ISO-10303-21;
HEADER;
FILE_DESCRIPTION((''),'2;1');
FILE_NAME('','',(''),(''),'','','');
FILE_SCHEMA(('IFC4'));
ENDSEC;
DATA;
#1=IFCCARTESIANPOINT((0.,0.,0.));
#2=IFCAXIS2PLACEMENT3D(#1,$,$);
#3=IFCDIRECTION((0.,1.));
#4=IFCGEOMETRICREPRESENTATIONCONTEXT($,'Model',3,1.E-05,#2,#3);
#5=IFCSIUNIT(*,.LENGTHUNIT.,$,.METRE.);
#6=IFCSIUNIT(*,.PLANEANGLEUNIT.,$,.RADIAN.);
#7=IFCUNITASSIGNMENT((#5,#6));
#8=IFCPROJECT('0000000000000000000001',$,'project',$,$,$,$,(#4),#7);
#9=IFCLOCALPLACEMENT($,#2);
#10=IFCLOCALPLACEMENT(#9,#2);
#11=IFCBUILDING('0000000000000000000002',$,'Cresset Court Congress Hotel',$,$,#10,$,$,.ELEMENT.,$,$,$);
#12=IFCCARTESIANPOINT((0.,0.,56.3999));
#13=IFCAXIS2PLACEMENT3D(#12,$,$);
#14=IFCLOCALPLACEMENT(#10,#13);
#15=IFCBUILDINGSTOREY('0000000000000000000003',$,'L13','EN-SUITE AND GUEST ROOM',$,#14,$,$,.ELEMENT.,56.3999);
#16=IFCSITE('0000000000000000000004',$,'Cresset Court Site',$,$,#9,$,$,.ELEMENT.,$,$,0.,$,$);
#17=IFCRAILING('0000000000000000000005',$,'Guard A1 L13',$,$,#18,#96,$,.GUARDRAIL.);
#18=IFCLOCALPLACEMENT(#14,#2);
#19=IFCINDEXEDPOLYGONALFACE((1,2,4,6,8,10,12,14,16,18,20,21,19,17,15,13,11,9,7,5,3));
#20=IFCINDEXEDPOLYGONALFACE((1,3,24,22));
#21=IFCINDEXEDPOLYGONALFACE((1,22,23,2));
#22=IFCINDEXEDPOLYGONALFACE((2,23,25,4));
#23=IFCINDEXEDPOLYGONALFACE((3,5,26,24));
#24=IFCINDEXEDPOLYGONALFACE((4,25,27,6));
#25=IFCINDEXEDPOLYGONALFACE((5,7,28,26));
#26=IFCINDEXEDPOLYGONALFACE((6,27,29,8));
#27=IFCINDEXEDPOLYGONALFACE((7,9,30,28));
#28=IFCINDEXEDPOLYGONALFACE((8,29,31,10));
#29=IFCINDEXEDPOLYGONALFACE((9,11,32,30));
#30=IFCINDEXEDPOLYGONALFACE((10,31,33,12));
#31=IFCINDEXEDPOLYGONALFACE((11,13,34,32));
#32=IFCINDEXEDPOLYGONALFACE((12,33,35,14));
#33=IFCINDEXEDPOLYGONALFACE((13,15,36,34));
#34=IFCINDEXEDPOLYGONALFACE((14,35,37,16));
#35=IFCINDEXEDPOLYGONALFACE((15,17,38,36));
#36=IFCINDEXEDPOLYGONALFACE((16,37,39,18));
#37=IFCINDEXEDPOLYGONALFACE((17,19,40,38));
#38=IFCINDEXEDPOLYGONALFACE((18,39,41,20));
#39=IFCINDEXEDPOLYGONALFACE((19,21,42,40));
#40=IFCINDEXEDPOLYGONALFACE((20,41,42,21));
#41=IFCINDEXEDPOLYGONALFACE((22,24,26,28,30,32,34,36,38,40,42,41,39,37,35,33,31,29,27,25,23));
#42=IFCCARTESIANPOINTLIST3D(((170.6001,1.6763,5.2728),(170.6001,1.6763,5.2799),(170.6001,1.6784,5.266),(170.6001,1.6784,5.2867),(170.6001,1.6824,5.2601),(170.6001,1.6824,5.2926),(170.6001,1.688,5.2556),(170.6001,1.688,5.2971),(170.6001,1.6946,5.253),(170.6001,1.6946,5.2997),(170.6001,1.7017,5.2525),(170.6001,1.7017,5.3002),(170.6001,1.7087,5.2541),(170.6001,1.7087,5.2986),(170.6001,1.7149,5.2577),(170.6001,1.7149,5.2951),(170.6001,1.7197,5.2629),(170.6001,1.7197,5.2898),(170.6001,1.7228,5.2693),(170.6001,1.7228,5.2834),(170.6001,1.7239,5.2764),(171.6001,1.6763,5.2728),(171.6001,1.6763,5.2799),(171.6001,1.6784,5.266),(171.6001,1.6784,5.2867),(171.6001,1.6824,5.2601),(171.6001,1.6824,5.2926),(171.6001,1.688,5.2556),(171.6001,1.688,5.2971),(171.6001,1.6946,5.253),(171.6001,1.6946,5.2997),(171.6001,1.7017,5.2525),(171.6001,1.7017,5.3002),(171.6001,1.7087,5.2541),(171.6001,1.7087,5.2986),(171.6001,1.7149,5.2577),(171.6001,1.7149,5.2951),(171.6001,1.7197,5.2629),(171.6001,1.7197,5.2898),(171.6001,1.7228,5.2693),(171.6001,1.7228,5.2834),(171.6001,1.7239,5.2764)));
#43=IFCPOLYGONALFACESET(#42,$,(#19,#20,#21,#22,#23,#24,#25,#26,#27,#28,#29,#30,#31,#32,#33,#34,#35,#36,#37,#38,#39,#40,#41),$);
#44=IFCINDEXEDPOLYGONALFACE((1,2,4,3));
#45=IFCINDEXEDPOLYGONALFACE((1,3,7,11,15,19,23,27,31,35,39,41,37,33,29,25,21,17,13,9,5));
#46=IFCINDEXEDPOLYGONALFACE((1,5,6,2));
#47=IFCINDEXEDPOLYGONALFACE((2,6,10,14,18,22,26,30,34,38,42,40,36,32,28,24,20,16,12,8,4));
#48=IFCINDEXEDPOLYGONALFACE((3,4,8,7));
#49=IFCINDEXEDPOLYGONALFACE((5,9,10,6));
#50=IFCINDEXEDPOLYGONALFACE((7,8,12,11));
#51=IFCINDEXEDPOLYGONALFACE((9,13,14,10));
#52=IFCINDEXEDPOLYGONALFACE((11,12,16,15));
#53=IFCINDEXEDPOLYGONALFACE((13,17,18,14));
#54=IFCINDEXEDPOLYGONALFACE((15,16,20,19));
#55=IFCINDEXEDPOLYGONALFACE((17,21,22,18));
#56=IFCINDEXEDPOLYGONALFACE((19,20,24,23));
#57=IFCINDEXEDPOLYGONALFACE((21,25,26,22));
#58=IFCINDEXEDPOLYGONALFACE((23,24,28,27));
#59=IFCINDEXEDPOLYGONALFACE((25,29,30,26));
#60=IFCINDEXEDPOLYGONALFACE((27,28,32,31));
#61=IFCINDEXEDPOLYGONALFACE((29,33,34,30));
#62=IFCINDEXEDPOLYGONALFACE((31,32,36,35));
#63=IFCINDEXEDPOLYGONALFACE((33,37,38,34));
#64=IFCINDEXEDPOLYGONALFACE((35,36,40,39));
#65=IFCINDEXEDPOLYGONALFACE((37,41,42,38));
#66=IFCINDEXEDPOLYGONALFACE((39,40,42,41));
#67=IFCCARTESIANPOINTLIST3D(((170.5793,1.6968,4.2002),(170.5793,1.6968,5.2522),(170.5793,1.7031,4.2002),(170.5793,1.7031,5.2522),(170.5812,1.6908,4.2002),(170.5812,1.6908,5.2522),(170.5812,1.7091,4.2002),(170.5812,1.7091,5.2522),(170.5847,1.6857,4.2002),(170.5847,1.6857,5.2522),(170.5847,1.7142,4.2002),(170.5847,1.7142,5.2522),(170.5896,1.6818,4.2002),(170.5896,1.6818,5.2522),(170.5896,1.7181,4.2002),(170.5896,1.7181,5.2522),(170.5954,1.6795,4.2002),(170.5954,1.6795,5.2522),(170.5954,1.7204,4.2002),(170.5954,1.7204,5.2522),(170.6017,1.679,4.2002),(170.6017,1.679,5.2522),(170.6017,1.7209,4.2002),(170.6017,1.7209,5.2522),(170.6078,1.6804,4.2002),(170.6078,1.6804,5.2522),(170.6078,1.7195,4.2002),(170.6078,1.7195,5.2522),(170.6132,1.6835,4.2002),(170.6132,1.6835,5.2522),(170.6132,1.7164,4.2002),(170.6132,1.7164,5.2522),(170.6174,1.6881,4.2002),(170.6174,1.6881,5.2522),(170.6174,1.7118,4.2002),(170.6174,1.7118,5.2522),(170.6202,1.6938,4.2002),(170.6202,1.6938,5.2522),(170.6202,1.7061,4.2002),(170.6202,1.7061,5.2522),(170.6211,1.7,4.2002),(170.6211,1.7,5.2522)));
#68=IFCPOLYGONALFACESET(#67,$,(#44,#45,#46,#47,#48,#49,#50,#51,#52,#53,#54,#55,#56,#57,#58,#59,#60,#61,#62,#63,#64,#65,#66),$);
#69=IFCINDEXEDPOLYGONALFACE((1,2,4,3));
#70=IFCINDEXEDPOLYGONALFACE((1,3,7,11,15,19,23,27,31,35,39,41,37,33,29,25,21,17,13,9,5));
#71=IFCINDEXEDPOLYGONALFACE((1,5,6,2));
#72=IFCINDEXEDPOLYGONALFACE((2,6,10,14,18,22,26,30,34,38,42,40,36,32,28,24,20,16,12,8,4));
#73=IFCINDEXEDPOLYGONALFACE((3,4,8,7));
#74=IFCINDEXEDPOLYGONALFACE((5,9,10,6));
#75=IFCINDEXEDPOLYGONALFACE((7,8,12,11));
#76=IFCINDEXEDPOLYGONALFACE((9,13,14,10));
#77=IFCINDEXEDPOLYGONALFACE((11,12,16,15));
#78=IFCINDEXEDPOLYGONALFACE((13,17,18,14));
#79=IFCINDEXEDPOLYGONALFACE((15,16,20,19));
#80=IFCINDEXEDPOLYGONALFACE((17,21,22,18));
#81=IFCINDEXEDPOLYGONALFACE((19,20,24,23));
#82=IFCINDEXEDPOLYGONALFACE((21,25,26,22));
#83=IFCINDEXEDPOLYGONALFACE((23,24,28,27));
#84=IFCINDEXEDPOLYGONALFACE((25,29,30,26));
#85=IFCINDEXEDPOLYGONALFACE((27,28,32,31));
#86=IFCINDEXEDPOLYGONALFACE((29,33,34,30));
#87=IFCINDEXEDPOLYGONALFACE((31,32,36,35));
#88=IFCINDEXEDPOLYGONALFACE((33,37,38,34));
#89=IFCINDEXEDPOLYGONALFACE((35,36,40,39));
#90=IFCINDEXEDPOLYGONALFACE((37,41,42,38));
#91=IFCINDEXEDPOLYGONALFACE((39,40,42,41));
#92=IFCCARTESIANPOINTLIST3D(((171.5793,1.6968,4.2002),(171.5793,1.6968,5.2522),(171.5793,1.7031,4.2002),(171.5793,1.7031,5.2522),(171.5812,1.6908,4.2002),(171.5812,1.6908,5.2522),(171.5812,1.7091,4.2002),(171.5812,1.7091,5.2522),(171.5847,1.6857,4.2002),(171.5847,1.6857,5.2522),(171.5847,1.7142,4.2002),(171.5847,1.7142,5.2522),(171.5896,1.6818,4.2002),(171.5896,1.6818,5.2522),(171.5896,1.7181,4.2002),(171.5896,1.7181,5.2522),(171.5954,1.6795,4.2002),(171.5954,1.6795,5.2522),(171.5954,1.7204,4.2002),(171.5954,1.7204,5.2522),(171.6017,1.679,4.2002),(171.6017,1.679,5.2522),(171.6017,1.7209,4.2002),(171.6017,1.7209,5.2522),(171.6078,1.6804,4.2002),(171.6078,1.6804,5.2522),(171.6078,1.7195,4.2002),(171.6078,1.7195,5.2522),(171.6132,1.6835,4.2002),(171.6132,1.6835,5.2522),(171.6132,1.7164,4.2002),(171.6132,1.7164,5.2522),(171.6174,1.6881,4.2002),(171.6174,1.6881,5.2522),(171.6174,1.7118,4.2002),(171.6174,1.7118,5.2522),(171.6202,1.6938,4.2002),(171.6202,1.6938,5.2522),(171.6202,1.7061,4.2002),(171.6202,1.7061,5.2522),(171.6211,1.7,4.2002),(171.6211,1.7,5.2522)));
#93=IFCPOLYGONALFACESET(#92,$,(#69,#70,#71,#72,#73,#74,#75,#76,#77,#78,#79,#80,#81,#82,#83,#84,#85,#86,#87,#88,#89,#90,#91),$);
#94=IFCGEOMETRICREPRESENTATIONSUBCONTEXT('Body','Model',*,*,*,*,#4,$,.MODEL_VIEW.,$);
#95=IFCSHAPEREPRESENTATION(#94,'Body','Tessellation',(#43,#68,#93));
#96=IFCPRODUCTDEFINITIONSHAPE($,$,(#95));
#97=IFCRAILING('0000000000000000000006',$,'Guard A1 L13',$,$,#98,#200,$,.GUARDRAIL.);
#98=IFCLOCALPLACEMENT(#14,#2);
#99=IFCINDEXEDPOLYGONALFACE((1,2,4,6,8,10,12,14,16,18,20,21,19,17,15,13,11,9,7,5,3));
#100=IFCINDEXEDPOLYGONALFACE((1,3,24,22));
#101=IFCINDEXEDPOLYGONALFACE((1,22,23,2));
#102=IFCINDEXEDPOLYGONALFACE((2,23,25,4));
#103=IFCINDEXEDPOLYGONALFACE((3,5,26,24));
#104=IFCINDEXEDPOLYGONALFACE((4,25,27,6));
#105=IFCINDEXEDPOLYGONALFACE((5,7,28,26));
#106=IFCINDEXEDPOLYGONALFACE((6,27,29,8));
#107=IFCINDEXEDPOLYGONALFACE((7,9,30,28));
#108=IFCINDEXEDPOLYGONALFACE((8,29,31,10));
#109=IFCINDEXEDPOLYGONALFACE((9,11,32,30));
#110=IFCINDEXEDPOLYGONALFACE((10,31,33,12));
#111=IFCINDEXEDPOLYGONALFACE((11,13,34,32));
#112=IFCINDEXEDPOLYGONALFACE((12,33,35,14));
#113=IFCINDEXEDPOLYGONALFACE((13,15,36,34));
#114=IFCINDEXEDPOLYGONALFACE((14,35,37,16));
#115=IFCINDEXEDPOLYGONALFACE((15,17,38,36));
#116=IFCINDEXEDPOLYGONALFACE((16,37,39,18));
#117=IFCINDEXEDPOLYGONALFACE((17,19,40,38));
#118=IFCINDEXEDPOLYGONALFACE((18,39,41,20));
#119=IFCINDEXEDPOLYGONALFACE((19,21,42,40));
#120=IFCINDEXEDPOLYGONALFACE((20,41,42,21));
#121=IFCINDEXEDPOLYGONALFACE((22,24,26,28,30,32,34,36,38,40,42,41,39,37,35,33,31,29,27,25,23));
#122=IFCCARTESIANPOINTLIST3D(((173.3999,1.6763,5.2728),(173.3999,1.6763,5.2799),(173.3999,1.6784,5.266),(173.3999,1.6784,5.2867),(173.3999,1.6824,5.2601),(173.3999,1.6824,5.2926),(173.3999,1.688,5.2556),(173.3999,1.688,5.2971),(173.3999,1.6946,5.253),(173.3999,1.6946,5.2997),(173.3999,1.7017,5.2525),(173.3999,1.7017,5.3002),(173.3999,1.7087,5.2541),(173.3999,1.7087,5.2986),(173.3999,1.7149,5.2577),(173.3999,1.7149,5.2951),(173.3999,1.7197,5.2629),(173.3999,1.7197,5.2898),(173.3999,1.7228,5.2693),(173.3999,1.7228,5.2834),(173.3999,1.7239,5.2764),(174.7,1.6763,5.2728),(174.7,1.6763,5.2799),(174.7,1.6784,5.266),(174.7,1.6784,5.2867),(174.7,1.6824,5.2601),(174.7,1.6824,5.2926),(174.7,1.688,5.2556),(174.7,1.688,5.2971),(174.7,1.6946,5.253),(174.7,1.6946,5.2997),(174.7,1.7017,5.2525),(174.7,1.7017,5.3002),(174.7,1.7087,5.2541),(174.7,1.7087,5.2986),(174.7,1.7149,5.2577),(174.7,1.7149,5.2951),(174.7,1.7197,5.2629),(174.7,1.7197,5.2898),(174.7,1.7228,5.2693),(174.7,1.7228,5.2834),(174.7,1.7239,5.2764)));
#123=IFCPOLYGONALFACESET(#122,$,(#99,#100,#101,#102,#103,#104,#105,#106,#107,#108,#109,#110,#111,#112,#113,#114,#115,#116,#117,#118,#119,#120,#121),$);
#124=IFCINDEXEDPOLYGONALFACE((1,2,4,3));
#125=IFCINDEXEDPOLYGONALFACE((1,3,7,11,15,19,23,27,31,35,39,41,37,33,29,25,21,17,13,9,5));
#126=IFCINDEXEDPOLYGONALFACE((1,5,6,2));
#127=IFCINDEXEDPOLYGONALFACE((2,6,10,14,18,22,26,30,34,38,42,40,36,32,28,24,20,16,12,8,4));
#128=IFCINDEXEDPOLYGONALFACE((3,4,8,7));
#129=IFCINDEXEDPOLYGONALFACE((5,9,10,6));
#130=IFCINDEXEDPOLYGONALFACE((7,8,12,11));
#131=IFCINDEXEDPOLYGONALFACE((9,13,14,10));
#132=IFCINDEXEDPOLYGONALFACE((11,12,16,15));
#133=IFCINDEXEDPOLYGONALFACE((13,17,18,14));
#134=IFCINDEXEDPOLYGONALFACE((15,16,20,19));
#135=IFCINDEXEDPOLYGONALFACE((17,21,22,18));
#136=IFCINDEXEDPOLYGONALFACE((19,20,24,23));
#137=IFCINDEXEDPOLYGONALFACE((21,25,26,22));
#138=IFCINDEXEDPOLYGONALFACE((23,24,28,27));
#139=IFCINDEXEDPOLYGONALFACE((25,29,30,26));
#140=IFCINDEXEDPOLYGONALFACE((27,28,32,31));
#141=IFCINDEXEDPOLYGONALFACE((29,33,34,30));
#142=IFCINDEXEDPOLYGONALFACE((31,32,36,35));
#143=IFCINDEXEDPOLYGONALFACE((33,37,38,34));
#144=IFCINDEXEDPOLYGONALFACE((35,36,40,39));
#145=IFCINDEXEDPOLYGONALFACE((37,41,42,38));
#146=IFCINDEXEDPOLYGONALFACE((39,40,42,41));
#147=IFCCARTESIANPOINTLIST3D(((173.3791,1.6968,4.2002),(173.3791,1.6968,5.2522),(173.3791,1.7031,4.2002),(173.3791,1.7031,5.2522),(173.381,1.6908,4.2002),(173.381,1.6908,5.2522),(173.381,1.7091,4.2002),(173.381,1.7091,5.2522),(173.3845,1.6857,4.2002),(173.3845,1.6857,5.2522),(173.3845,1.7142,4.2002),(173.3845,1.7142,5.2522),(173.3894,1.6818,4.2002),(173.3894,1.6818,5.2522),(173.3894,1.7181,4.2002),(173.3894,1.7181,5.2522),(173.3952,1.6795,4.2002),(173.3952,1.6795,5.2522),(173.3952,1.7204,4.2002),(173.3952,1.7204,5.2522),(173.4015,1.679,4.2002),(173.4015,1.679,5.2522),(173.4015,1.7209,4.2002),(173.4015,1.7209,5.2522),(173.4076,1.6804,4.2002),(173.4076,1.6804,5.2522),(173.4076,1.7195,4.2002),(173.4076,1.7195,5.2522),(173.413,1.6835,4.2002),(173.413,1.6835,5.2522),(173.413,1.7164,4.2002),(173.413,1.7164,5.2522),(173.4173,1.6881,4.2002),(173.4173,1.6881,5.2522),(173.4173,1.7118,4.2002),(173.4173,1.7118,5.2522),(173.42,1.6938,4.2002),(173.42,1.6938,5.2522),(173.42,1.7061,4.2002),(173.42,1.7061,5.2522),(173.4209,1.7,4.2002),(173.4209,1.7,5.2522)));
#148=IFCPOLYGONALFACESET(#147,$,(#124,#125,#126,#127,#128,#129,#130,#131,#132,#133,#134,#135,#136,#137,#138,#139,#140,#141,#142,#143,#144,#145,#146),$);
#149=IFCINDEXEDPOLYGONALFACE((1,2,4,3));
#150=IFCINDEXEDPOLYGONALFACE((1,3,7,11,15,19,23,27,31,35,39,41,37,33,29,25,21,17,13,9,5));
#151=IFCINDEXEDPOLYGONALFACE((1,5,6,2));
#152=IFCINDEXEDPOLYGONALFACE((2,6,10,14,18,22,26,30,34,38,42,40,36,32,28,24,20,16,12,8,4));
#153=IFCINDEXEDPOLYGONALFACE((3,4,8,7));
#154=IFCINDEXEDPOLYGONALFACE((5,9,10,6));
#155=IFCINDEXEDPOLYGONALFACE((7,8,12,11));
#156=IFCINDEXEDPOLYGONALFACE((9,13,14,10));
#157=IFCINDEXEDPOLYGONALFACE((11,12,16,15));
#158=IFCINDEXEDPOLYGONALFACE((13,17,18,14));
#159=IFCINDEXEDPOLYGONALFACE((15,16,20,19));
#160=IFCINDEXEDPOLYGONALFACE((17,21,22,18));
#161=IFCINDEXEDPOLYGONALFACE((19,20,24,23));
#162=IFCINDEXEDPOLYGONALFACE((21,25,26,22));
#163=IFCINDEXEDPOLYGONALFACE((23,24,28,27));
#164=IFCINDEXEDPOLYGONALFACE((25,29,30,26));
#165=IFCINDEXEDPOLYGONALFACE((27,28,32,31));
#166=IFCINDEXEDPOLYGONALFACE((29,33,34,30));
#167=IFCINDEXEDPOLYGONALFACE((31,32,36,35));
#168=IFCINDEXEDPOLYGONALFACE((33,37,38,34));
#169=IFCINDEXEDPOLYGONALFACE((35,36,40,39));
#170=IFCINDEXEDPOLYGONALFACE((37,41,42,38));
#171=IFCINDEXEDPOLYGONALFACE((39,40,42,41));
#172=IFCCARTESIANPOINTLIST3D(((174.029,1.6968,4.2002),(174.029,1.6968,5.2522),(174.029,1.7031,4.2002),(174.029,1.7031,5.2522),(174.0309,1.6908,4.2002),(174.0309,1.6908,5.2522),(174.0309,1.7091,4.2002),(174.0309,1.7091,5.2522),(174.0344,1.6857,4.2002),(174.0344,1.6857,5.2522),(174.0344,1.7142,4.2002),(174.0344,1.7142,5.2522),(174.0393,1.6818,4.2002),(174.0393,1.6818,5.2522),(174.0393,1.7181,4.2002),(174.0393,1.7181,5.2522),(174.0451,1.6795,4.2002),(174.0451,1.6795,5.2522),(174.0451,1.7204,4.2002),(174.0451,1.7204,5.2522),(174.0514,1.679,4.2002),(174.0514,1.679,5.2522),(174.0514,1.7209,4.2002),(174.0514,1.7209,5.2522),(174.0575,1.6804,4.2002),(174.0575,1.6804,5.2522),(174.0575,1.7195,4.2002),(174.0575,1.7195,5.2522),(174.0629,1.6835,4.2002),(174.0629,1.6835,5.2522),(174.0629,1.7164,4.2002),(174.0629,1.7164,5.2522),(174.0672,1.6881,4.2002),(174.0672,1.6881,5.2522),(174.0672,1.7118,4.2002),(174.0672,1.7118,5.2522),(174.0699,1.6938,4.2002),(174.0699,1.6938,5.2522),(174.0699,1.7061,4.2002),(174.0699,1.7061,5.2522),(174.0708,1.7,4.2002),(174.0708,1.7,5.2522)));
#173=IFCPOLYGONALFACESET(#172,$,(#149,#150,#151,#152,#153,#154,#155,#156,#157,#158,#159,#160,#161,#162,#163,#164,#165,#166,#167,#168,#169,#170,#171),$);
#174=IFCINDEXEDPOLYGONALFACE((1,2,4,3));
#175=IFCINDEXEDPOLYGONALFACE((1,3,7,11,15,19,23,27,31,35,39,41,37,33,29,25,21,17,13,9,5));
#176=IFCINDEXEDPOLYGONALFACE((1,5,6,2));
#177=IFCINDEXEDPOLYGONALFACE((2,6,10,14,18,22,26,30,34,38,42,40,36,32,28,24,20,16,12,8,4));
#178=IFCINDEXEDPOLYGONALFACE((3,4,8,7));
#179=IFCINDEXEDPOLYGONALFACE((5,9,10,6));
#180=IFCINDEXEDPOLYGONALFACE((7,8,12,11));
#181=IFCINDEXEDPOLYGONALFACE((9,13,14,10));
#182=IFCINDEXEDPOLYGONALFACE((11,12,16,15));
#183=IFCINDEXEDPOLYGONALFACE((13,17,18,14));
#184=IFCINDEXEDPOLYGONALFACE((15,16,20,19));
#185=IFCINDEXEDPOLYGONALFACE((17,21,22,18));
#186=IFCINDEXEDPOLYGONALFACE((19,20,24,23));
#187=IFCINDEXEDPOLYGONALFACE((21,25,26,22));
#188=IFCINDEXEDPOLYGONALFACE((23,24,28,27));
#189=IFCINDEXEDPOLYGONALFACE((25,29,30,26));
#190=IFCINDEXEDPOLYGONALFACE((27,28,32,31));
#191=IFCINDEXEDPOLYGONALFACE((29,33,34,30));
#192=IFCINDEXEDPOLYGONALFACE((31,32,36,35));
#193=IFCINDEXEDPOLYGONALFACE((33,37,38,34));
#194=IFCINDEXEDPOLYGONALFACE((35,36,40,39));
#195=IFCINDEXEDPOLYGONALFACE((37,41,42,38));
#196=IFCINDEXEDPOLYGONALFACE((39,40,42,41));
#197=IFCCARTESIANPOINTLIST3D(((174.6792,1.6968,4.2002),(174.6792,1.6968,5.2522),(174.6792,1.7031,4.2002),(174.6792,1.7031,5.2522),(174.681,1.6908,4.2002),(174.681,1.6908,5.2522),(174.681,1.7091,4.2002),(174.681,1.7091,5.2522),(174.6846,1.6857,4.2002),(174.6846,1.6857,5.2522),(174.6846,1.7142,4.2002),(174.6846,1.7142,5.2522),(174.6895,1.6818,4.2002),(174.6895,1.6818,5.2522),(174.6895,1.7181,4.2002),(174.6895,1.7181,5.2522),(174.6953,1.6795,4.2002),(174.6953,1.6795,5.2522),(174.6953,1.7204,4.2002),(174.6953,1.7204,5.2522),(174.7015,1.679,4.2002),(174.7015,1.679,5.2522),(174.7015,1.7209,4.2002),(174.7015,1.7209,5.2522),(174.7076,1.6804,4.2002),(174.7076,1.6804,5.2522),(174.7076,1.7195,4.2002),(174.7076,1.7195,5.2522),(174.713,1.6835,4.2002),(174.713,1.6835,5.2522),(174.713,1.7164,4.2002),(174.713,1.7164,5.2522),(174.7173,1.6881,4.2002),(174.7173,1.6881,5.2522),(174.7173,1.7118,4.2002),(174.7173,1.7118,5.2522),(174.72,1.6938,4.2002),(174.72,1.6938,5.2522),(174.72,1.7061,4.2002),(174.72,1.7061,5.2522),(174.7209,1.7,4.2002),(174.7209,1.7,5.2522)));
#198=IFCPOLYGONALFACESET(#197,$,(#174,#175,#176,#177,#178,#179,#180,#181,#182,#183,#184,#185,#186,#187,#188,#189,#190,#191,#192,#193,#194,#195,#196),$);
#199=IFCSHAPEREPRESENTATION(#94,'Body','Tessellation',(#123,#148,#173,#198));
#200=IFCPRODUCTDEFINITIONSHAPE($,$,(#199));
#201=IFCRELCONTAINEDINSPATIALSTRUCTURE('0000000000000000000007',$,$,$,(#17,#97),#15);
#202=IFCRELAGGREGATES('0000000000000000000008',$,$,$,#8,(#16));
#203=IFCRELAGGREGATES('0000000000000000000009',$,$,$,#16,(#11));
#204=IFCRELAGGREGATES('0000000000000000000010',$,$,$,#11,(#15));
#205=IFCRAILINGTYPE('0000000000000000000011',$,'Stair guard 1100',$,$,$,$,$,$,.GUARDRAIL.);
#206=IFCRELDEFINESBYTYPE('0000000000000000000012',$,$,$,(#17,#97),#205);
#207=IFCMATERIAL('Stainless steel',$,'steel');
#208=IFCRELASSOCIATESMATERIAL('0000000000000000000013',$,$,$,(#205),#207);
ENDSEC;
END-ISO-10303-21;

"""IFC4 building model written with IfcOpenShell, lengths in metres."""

from ifc_helpers import new_model, si_unit, direction, frame, origin, origin_2d, place, context, subcontext, project, spatial, circle, extrude, material, type_object, element, save


model = new_model("IFC4")

# Units and contexts
model_context = context("Model", 3, precision=1e-05, world=origin(), true_north=direction((0.0, 1.0)))
body_context = subcontext(model_context, "Body", "Model", "MODEL_VIEW")
ifc_project = project(units=[si_unit("LENGTHUNIT", "METRE"), si_unit("PLANEANGLEUNIT", "RADIAN")], contexts=[model_context])

# Site, building, storey
site_placement = place(None, origin())
site = spatial("IfcSite", under=ifc_project, at=site_placement, Name="Cresset Court Site", CompositionType="ELEMENT", RefElevation=0.0)
building_placement = place(site_placement, origin())
building = spatial("IfcBuilding", under=site, at=building_placement, Name="Cresset Court Congress Hotel", CompositionType="ELEMENT")
storey_placement = place(building_placement, frame((0.0, 0.0, 56.3999)))
storey = spatial("IfcBuildingStorey", under=building, at=storey_placement, Name="L13", Description="EN-SUITE AND GUEST ROOM", CompositionType="ELEMENT", Elevation=56.3999)

# Railings
ifc_material_1 = material(Name="Stainless steel", Category="steel")
railing_type_1 = type_object("IfcRailingType", Name="Stair guard 1100", PredefinedType="GUARDRAIL", material=ifc_material_1)
railing_1_placement = place(storey_placement, frame((170.6001, 1.7, 4.2002)))
element("IfcRailing", 1, at=railing_1_placement, inside=storey, type_object=railing_type_1, Name="Guard A1 L13", PredefinedType="GUARDRAIL", context=body_context, shape_type="SweptSolid", body=[
    extrude(circle(Radius=0.0239, at=origin_2d()), frame((0.0, 0.0, 1.0762), z_axis=(1.0, 0.0, 0.0), x_axis=(0.0, 1.0, 0.0)), (0.0, 0.0, 1.0), 1.0),
    extrude(circle(Radius=0.021, at=origin_2d()), origin(), (0.0, 0.0, 1.0), 1.052),
    extrude(circle(Radius=0.021, at=origin_2d()), frame((1.0, 0.0, 0.0)), (0.0, 0.0, 1.0), 1.052),
])
railing_2_placement = place(storey_placement, frame((173.3999, 1.7, 4.2002)))
element("IfcRailing", 2, at=railing_2_placement, inside=storey, type_object=railing_type_1, Name="Guard A1 L13", PredefinedType="GUARDRAIL", context=body_context, shape_type="SweptSolid", body=[
    extrude(circle(Radius=0.0239, at=origin_2d()), frame((0.0, 0.0, 1.0762), z_axis=(1.0, 0.0, 0.0), x_axis=(0.0, 1.0, 0.0)), (0.0, 0.0, 1.0), 1.3),
    extrude(circle(Radius=0.021, at=origin_2d()), origin(), (0.0, 0.0, 1.0), 1.052),
    extrude(circle(Radius=0.021, at=origin_2d()), frame((0.6499, 0.0, 0.0)), (0.0, 0.0, 1.0), 1.052),
    extrude(circle(Radius=0.021, at=origin_2d()), frame((1.3, 0.0, 0.0)), (0.0, 0.0, 1.0), 1.052),
])

save(model, "model.ifc")
